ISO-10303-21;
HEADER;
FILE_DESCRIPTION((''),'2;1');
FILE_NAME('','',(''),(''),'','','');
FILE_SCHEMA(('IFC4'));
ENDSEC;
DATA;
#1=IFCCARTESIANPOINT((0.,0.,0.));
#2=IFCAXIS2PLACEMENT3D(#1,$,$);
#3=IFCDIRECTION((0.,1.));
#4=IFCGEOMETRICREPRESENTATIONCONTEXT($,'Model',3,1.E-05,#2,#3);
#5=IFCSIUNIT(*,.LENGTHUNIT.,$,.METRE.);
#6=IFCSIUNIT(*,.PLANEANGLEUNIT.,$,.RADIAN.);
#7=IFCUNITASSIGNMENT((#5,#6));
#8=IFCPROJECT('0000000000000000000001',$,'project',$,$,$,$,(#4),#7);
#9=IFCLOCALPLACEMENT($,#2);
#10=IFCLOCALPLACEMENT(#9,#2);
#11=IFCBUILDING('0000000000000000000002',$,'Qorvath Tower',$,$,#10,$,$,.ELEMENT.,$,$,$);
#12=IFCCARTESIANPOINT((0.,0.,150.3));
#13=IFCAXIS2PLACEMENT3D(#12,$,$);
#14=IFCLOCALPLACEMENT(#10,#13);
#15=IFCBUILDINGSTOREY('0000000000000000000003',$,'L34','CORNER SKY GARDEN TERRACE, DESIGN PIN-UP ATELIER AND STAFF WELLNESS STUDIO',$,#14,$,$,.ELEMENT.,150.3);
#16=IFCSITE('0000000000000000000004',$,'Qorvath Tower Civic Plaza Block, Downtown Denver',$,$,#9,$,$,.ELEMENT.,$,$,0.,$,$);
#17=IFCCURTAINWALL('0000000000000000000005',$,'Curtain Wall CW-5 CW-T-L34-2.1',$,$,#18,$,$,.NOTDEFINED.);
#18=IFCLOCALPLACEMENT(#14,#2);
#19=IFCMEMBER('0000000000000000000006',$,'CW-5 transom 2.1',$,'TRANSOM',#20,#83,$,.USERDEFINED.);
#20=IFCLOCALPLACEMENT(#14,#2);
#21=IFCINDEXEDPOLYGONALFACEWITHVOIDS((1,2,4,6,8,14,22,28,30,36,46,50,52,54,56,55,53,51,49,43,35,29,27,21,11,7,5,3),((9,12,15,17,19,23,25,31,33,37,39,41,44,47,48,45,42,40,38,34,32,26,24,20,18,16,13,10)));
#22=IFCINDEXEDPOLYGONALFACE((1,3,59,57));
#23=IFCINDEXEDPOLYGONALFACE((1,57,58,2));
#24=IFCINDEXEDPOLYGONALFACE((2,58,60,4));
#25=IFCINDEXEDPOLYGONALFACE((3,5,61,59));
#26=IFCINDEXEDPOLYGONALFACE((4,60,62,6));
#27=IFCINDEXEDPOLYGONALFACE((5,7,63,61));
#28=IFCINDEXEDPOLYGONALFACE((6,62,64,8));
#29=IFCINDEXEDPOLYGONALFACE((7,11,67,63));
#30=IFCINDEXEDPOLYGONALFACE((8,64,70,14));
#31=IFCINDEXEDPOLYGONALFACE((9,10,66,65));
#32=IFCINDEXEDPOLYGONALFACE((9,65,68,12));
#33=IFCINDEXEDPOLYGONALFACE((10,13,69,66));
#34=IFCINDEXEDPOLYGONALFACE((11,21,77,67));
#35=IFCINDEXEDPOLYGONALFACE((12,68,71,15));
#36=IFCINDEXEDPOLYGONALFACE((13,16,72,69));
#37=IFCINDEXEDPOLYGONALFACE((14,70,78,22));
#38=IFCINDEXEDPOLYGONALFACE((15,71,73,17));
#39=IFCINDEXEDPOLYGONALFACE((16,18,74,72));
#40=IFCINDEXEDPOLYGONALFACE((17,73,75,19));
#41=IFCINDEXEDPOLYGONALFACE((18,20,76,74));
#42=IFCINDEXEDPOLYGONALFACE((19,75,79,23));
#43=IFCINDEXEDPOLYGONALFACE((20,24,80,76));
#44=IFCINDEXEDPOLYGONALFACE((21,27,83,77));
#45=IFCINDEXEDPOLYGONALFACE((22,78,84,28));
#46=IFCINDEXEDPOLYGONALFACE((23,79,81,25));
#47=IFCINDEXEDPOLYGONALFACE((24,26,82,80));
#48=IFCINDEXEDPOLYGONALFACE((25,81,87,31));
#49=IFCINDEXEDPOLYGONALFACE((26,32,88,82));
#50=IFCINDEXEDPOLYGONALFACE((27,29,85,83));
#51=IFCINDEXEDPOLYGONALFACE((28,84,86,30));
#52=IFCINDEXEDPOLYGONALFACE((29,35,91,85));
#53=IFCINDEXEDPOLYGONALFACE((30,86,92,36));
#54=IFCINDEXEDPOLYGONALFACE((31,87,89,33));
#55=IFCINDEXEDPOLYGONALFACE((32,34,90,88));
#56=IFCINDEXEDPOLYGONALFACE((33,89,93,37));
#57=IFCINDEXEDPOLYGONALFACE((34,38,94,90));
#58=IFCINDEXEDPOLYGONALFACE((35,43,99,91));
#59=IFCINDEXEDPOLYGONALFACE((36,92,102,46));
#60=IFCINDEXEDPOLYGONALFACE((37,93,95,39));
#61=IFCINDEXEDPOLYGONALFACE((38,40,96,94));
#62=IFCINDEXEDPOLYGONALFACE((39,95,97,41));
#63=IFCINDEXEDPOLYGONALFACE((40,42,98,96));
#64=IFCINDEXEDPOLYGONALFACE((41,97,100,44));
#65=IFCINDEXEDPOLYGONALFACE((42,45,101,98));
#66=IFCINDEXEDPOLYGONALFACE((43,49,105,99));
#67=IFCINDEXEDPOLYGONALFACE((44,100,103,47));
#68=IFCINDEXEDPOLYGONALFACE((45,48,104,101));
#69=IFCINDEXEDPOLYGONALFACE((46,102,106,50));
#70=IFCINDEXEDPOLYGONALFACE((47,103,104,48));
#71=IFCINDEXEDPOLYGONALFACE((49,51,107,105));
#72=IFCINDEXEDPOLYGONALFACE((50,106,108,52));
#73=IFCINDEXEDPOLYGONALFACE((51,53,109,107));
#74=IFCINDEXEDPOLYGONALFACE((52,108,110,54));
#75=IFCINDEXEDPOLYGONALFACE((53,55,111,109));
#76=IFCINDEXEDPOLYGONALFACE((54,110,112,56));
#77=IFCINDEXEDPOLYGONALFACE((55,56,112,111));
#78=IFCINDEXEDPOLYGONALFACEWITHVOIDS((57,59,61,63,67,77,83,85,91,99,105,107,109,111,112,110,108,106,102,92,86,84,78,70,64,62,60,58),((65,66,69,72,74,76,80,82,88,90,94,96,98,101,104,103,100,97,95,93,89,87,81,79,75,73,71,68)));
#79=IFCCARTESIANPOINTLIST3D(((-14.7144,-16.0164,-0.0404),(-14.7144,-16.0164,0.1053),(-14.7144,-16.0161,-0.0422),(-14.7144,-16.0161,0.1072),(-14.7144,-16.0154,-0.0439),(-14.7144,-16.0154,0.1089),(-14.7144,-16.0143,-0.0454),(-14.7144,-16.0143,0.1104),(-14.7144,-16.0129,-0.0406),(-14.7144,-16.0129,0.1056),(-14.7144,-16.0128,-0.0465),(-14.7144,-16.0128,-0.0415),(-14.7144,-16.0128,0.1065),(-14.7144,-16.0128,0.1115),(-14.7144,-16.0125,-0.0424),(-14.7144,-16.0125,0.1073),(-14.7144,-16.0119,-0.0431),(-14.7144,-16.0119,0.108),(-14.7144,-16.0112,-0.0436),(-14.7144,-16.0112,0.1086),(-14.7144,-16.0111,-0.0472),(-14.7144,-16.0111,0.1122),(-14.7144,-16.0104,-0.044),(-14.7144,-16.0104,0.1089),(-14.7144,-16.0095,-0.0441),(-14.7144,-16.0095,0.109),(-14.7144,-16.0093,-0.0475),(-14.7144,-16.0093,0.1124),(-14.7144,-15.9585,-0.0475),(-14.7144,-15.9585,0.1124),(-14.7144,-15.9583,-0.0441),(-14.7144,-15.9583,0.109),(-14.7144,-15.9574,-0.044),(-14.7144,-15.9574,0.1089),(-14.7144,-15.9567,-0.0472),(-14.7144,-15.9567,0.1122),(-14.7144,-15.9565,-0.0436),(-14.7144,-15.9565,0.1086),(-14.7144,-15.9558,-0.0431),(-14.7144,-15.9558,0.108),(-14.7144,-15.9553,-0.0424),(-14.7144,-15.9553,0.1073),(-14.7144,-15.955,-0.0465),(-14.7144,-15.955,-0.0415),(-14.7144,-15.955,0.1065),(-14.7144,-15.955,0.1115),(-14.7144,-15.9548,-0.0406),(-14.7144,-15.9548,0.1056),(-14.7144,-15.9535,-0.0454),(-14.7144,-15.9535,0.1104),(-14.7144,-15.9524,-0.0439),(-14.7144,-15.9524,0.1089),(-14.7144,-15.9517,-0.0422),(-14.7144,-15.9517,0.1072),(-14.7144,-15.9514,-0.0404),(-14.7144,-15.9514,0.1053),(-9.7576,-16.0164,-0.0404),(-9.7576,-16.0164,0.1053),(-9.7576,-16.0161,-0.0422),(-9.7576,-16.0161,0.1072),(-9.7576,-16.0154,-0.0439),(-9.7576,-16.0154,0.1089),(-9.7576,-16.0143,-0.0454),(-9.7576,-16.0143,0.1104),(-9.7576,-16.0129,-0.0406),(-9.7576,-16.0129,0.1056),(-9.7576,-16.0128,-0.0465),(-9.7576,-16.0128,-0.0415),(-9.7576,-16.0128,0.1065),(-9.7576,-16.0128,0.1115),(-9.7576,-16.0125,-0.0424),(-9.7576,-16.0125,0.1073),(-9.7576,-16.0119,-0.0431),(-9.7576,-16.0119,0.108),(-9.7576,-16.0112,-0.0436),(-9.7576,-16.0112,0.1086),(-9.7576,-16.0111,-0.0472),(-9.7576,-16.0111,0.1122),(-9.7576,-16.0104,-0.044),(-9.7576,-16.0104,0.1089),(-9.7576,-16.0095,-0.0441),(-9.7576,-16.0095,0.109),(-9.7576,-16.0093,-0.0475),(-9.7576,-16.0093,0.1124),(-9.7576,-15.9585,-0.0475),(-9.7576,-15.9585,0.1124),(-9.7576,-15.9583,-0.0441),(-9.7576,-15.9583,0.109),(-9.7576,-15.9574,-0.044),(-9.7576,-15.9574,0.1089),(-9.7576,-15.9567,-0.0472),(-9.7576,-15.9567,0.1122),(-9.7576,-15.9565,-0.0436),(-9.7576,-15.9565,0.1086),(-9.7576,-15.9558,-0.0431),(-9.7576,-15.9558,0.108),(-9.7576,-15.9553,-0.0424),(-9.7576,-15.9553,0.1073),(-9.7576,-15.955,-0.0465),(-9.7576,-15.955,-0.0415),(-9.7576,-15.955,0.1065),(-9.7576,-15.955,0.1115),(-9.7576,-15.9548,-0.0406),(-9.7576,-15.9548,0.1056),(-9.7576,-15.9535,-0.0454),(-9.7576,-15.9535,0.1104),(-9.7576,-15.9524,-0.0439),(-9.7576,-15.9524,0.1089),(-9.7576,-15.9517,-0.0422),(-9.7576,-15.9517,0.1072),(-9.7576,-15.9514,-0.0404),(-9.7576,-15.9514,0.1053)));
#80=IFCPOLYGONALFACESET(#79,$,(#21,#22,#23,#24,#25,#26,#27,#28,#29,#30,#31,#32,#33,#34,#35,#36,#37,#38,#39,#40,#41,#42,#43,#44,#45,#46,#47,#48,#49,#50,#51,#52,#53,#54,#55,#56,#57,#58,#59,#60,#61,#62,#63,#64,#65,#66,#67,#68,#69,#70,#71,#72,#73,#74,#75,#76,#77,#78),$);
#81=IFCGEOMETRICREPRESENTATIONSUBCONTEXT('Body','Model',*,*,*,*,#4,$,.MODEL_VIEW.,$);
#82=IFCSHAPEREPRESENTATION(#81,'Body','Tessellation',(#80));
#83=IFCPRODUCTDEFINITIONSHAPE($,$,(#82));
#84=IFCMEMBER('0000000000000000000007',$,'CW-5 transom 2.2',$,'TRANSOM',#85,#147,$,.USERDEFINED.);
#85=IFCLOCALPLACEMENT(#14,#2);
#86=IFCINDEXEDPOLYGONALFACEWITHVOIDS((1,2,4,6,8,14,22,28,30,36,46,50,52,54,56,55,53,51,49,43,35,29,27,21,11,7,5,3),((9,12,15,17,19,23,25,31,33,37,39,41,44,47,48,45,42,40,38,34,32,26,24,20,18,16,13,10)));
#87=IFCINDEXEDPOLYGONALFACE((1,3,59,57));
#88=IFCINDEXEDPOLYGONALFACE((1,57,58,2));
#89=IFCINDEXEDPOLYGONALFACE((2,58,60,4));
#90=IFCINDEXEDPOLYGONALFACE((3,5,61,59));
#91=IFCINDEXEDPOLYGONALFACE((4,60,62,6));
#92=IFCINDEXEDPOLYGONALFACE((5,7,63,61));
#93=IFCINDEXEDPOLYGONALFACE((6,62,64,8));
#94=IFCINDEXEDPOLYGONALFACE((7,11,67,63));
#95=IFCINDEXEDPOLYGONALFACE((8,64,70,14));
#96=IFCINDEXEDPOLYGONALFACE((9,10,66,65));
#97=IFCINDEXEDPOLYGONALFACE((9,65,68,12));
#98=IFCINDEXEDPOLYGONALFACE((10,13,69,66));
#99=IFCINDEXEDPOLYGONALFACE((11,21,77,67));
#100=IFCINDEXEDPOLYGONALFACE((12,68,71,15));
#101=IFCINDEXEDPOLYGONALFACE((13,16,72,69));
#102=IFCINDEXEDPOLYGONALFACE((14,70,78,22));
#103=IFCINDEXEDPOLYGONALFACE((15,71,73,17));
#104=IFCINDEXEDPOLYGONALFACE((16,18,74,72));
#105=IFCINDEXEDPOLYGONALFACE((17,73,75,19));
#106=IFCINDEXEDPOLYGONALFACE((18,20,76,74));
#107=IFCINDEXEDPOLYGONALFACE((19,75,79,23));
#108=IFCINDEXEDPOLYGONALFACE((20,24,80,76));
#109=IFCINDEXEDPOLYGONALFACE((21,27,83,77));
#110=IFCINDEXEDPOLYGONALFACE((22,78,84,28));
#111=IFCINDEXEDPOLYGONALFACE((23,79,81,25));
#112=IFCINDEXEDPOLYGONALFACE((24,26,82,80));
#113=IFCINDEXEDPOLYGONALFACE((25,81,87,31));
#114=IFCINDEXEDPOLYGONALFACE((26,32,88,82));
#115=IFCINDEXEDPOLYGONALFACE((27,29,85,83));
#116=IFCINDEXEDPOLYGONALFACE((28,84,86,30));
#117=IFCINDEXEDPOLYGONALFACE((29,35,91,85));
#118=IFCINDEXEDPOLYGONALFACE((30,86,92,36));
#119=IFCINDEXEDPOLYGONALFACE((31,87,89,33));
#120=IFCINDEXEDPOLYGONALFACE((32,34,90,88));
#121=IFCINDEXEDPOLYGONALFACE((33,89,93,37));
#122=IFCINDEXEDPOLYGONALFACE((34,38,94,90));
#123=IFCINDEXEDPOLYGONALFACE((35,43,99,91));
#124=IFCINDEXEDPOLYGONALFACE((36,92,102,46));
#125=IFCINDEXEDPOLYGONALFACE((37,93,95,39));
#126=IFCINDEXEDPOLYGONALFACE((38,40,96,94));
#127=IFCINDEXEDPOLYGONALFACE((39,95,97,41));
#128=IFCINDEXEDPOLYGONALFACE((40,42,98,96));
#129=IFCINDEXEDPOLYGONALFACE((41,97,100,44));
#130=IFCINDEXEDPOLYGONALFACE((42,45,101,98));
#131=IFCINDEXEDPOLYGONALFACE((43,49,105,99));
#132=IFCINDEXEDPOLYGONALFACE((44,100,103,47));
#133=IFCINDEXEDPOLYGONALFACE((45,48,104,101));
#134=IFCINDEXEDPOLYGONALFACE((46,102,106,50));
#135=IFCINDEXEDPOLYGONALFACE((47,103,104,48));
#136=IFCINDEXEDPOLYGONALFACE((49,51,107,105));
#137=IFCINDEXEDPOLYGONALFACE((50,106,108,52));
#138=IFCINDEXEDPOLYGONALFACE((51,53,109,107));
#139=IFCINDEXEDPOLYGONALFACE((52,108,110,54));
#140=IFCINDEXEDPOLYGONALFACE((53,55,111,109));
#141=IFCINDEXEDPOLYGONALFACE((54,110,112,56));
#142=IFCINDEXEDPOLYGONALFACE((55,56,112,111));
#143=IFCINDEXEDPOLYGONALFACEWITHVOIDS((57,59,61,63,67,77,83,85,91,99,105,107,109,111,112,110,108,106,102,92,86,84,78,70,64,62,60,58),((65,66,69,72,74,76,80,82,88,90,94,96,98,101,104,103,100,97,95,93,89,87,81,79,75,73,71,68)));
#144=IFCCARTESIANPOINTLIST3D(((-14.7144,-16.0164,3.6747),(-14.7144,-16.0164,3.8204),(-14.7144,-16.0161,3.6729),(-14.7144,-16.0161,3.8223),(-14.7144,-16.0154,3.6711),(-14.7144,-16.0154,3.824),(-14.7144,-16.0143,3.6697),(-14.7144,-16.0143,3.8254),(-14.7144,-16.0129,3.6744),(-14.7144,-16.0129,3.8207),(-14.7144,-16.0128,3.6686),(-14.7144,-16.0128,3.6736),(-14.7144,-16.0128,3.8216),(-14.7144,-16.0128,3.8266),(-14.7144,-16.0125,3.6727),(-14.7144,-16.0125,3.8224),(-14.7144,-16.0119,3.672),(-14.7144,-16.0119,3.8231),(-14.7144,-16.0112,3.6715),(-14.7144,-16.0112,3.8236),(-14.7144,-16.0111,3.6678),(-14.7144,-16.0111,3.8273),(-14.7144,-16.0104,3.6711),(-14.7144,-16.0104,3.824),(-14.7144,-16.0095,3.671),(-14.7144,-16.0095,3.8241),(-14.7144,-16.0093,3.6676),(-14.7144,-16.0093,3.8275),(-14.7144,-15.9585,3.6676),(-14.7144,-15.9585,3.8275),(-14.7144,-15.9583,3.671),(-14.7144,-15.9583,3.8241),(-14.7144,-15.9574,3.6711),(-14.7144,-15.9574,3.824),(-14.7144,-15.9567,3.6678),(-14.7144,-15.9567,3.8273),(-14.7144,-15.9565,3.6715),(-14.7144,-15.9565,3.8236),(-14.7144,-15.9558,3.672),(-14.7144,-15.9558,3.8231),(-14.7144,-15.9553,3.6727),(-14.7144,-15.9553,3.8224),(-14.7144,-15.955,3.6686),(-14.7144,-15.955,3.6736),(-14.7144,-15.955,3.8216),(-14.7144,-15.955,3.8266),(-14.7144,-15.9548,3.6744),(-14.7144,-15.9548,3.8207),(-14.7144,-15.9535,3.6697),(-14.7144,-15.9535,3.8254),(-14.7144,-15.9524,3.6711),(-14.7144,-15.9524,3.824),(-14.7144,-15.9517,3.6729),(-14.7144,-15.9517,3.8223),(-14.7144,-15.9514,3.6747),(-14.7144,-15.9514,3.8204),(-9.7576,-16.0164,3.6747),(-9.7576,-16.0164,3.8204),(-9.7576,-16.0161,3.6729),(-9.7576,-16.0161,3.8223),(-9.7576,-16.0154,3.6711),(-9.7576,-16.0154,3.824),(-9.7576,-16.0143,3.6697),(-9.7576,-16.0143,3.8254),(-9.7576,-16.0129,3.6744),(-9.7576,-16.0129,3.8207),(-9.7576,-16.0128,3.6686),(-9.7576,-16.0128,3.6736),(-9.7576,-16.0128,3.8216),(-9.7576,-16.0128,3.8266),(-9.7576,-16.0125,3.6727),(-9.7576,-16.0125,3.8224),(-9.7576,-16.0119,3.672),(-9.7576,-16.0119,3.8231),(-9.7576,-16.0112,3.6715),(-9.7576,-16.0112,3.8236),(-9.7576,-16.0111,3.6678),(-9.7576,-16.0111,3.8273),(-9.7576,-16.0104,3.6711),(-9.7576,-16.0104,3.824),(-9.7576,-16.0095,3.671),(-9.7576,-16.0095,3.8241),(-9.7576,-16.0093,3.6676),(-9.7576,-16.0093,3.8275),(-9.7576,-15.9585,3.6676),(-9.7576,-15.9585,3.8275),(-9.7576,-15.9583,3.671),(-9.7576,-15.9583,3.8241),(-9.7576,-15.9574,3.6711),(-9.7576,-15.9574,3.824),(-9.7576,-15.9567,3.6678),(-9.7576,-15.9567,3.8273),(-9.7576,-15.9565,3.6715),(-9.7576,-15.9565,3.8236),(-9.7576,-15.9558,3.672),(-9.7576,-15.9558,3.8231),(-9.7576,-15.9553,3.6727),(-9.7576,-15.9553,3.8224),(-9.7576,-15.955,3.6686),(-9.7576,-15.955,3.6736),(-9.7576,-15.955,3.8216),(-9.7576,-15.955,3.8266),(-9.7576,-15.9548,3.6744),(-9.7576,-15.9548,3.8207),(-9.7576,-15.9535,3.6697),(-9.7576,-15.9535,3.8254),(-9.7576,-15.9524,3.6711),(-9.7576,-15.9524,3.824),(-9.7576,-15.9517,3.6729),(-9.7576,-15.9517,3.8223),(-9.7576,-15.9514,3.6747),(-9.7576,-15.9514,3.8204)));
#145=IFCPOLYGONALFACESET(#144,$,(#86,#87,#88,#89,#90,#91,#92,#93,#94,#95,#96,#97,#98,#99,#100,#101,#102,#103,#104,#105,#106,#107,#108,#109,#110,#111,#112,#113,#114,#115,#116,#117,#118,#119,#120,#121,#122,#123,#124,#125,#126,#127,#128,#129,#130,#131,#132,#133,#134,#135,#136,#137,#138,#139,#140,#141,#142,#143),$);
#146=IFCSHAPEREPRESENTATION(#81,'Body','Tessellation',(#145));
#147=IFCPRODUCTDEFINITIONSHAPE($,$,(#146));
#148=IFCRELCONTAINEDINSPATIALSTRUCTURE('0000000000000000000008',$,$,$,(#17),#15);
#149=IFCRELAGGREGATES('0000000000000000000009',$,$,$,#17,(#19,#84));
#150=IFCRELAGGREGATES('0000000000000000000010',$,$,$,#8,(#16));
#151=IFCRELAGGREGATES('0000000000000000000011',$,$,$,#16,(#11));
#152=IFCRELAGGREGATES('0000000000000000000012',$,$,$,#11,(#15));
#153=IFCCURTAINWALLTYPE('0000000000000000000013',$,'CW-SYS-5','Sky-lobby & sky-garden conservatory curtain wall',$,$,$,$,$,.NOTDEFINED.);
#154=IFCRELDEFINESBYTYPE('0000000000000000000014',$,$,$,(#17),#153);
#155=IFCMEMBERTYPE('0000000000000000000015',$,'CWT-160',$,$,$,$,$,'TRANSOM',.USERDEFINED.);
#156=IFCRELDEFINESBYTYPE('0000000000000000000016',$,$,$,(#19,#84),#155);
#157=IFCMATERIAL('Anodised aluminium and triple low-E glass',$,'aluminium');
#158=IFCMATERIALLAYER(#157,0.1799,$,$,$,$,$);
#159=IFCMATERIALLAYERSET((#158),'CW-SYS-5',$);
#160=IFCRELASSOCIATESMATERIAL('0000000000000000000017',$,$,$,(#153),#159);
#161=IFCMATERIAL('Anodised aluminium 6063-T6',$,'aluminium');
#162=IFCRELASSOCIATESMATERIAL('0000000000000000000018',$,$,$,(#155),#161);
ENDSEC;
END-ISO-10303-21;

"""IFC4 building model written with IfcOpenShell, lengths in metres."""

from ifc_helpers import new_model, si_unit, direction, frame, origin, origin_2d, place, context, subcontext, project, spatial, hollow_rectangle, extrude, material, layer, layer_set, material_profile, profile_set, type_object, element, aggregate, save


model = new_model("IFC4")

# Units and contexts
model_context = context("Model", 3, precision=1e-05, world=origin(), true_north=direction((0.0, 1.0)))
body_context = subcontext(model_context, "Body", "Model", "MODEL_VIEW")
ifc_project = project(units=[si_unit("LENGTHUNIT", "METRE"), si_unit("PLANEANGLEUNIT", "RADIAN")], contexts=[model_context])

# Site, building, storey
site_placement = place(None, origin())
site = spatial("IfcSite", under=ifc_project, at=site_placement, Name="Qorvath Tower Civic Plaza Block, Downtown Denver", CompositionType="ELEMENT", RefElevation=0.0)
building_placement = place(site_placement, origin())
building = spatial("IfcBuilding", under=site, at=building_placement, Name="Qorvath Tower", CompositionType="ELEMENT")
storey_placement = place(building_placement, frame((0.0, 0.0, 150.3)))
storey = spatial("IfcBuildingStorey", under=building, at=storey_placement, Name="L34", Description="CORNER SKY GARDEN TERRACE, DESIGN PIN-UP ATELIER AND STAFF WELLNESS STUDIO", CompositionType="ELEMENT", Elevation=150.3)

# Curtain wall
ifc_material_1 = material(Name="Anodised aluminium and triple low-E glass", Category="aluminium")
ifc_layer_1 = layer(ifc_material_1, 0.1799)
ifc_layer_set_1 = layer_set([ifc_layer_1], Name="CW-SYS-5")
curtain_wall_type = type_object("IfcCurtainWallType", Name="CW-SYS-5", Description="Sky-lobby & sky-garden conservatory curtain wall", PredefinedType="NOTDEFINED", material=ifc_layer_set_1)
curtain_wall_1_placement = place(storey_placement, origin())
curtain_wall_1 = element("IfcCurtainWall", 1, at=curtain_wall_1_placement, inside=storey, type_object=curtain_wall_type, Name="Curtain Wall CW-5 CW-T-L34-2.1", PredefinedType="NOTDEFINED")

# Members
ifc_material_2 = material(Name="Anodised aluminium 6063-T6", Category="aluminium")
ifc_material_profile_1 = material_profile(ifc_material_2, hollow_rectangle(XDim=0.0649, YDim=0.1599, WallThickness=0.0034, InnerFilletRadius=0.0034, OuterFilletRadius=0.0071, at=origin_2d()), Name="CWT 160x65")
ifc_profile_set_1 = profile_set([ifc_material_profile_1], Name="Anodised aluminium 6063-T6")
member_type_1 = type_object("IfcMemberType", Name="CWT-160", ElementType="TRANSOM", PredefinedType="USERDEFINED", material=ifc_profile_set_1)
member_1_placement = place(storey_placement, frame((-14.7144, -15.9839, 0.0325), z_axis=(1.0, 0.0, 0.0), x_axis=(0.0, 1.0, 0.0)))
member_1 = element("IfcMember", 2, at=member_1_placement, type_object=member_type_1, Name="CW-5 transom 2.1", ObjectType="TRANSOM", PredefinedType="USERDEFINED", context=body_context, shape_type="SweptSolid", body=[
    extrude(hollow_rectangle(XDim=0.0649, YDim=0.1599, WallThickness=0.0034, InnerFilletRadius=0.0034, OuterFilletRadius=0.0071, at=origin_2d()), origin(), (0.0, 0.0, 1.0), 4.9568),
])
member_2_placement = place(storey_placement, frame((-14.7144, -15.9839, 3.7476), z_axis=(1.0, 0.0, 0.0), x_axis=(0.0, 1.0, 0.0)))
member_2 = element("IfcMember", 3, at=member_2_placement, type_object=member_type_1, Name="CW-5 transom 2.2", ObjectType="TRANSOM", PredefinedType="USERDEFINED", context=body_context, shape_type="SweptSolid", body=[
    extrude(hollow_rectangle(XDim=0.0649, YDim=0.1599, WallThickness=0.0034, InnerFilletRadius=0.0034, OuterFilletRadius=0.0071, at=origin_2d()), origin(), (0.0, 0.0, 1.0), 4.9568),
])

aggregate(curtain_wall_1, [member_1, member_2])

save(model, "model.ifc")
